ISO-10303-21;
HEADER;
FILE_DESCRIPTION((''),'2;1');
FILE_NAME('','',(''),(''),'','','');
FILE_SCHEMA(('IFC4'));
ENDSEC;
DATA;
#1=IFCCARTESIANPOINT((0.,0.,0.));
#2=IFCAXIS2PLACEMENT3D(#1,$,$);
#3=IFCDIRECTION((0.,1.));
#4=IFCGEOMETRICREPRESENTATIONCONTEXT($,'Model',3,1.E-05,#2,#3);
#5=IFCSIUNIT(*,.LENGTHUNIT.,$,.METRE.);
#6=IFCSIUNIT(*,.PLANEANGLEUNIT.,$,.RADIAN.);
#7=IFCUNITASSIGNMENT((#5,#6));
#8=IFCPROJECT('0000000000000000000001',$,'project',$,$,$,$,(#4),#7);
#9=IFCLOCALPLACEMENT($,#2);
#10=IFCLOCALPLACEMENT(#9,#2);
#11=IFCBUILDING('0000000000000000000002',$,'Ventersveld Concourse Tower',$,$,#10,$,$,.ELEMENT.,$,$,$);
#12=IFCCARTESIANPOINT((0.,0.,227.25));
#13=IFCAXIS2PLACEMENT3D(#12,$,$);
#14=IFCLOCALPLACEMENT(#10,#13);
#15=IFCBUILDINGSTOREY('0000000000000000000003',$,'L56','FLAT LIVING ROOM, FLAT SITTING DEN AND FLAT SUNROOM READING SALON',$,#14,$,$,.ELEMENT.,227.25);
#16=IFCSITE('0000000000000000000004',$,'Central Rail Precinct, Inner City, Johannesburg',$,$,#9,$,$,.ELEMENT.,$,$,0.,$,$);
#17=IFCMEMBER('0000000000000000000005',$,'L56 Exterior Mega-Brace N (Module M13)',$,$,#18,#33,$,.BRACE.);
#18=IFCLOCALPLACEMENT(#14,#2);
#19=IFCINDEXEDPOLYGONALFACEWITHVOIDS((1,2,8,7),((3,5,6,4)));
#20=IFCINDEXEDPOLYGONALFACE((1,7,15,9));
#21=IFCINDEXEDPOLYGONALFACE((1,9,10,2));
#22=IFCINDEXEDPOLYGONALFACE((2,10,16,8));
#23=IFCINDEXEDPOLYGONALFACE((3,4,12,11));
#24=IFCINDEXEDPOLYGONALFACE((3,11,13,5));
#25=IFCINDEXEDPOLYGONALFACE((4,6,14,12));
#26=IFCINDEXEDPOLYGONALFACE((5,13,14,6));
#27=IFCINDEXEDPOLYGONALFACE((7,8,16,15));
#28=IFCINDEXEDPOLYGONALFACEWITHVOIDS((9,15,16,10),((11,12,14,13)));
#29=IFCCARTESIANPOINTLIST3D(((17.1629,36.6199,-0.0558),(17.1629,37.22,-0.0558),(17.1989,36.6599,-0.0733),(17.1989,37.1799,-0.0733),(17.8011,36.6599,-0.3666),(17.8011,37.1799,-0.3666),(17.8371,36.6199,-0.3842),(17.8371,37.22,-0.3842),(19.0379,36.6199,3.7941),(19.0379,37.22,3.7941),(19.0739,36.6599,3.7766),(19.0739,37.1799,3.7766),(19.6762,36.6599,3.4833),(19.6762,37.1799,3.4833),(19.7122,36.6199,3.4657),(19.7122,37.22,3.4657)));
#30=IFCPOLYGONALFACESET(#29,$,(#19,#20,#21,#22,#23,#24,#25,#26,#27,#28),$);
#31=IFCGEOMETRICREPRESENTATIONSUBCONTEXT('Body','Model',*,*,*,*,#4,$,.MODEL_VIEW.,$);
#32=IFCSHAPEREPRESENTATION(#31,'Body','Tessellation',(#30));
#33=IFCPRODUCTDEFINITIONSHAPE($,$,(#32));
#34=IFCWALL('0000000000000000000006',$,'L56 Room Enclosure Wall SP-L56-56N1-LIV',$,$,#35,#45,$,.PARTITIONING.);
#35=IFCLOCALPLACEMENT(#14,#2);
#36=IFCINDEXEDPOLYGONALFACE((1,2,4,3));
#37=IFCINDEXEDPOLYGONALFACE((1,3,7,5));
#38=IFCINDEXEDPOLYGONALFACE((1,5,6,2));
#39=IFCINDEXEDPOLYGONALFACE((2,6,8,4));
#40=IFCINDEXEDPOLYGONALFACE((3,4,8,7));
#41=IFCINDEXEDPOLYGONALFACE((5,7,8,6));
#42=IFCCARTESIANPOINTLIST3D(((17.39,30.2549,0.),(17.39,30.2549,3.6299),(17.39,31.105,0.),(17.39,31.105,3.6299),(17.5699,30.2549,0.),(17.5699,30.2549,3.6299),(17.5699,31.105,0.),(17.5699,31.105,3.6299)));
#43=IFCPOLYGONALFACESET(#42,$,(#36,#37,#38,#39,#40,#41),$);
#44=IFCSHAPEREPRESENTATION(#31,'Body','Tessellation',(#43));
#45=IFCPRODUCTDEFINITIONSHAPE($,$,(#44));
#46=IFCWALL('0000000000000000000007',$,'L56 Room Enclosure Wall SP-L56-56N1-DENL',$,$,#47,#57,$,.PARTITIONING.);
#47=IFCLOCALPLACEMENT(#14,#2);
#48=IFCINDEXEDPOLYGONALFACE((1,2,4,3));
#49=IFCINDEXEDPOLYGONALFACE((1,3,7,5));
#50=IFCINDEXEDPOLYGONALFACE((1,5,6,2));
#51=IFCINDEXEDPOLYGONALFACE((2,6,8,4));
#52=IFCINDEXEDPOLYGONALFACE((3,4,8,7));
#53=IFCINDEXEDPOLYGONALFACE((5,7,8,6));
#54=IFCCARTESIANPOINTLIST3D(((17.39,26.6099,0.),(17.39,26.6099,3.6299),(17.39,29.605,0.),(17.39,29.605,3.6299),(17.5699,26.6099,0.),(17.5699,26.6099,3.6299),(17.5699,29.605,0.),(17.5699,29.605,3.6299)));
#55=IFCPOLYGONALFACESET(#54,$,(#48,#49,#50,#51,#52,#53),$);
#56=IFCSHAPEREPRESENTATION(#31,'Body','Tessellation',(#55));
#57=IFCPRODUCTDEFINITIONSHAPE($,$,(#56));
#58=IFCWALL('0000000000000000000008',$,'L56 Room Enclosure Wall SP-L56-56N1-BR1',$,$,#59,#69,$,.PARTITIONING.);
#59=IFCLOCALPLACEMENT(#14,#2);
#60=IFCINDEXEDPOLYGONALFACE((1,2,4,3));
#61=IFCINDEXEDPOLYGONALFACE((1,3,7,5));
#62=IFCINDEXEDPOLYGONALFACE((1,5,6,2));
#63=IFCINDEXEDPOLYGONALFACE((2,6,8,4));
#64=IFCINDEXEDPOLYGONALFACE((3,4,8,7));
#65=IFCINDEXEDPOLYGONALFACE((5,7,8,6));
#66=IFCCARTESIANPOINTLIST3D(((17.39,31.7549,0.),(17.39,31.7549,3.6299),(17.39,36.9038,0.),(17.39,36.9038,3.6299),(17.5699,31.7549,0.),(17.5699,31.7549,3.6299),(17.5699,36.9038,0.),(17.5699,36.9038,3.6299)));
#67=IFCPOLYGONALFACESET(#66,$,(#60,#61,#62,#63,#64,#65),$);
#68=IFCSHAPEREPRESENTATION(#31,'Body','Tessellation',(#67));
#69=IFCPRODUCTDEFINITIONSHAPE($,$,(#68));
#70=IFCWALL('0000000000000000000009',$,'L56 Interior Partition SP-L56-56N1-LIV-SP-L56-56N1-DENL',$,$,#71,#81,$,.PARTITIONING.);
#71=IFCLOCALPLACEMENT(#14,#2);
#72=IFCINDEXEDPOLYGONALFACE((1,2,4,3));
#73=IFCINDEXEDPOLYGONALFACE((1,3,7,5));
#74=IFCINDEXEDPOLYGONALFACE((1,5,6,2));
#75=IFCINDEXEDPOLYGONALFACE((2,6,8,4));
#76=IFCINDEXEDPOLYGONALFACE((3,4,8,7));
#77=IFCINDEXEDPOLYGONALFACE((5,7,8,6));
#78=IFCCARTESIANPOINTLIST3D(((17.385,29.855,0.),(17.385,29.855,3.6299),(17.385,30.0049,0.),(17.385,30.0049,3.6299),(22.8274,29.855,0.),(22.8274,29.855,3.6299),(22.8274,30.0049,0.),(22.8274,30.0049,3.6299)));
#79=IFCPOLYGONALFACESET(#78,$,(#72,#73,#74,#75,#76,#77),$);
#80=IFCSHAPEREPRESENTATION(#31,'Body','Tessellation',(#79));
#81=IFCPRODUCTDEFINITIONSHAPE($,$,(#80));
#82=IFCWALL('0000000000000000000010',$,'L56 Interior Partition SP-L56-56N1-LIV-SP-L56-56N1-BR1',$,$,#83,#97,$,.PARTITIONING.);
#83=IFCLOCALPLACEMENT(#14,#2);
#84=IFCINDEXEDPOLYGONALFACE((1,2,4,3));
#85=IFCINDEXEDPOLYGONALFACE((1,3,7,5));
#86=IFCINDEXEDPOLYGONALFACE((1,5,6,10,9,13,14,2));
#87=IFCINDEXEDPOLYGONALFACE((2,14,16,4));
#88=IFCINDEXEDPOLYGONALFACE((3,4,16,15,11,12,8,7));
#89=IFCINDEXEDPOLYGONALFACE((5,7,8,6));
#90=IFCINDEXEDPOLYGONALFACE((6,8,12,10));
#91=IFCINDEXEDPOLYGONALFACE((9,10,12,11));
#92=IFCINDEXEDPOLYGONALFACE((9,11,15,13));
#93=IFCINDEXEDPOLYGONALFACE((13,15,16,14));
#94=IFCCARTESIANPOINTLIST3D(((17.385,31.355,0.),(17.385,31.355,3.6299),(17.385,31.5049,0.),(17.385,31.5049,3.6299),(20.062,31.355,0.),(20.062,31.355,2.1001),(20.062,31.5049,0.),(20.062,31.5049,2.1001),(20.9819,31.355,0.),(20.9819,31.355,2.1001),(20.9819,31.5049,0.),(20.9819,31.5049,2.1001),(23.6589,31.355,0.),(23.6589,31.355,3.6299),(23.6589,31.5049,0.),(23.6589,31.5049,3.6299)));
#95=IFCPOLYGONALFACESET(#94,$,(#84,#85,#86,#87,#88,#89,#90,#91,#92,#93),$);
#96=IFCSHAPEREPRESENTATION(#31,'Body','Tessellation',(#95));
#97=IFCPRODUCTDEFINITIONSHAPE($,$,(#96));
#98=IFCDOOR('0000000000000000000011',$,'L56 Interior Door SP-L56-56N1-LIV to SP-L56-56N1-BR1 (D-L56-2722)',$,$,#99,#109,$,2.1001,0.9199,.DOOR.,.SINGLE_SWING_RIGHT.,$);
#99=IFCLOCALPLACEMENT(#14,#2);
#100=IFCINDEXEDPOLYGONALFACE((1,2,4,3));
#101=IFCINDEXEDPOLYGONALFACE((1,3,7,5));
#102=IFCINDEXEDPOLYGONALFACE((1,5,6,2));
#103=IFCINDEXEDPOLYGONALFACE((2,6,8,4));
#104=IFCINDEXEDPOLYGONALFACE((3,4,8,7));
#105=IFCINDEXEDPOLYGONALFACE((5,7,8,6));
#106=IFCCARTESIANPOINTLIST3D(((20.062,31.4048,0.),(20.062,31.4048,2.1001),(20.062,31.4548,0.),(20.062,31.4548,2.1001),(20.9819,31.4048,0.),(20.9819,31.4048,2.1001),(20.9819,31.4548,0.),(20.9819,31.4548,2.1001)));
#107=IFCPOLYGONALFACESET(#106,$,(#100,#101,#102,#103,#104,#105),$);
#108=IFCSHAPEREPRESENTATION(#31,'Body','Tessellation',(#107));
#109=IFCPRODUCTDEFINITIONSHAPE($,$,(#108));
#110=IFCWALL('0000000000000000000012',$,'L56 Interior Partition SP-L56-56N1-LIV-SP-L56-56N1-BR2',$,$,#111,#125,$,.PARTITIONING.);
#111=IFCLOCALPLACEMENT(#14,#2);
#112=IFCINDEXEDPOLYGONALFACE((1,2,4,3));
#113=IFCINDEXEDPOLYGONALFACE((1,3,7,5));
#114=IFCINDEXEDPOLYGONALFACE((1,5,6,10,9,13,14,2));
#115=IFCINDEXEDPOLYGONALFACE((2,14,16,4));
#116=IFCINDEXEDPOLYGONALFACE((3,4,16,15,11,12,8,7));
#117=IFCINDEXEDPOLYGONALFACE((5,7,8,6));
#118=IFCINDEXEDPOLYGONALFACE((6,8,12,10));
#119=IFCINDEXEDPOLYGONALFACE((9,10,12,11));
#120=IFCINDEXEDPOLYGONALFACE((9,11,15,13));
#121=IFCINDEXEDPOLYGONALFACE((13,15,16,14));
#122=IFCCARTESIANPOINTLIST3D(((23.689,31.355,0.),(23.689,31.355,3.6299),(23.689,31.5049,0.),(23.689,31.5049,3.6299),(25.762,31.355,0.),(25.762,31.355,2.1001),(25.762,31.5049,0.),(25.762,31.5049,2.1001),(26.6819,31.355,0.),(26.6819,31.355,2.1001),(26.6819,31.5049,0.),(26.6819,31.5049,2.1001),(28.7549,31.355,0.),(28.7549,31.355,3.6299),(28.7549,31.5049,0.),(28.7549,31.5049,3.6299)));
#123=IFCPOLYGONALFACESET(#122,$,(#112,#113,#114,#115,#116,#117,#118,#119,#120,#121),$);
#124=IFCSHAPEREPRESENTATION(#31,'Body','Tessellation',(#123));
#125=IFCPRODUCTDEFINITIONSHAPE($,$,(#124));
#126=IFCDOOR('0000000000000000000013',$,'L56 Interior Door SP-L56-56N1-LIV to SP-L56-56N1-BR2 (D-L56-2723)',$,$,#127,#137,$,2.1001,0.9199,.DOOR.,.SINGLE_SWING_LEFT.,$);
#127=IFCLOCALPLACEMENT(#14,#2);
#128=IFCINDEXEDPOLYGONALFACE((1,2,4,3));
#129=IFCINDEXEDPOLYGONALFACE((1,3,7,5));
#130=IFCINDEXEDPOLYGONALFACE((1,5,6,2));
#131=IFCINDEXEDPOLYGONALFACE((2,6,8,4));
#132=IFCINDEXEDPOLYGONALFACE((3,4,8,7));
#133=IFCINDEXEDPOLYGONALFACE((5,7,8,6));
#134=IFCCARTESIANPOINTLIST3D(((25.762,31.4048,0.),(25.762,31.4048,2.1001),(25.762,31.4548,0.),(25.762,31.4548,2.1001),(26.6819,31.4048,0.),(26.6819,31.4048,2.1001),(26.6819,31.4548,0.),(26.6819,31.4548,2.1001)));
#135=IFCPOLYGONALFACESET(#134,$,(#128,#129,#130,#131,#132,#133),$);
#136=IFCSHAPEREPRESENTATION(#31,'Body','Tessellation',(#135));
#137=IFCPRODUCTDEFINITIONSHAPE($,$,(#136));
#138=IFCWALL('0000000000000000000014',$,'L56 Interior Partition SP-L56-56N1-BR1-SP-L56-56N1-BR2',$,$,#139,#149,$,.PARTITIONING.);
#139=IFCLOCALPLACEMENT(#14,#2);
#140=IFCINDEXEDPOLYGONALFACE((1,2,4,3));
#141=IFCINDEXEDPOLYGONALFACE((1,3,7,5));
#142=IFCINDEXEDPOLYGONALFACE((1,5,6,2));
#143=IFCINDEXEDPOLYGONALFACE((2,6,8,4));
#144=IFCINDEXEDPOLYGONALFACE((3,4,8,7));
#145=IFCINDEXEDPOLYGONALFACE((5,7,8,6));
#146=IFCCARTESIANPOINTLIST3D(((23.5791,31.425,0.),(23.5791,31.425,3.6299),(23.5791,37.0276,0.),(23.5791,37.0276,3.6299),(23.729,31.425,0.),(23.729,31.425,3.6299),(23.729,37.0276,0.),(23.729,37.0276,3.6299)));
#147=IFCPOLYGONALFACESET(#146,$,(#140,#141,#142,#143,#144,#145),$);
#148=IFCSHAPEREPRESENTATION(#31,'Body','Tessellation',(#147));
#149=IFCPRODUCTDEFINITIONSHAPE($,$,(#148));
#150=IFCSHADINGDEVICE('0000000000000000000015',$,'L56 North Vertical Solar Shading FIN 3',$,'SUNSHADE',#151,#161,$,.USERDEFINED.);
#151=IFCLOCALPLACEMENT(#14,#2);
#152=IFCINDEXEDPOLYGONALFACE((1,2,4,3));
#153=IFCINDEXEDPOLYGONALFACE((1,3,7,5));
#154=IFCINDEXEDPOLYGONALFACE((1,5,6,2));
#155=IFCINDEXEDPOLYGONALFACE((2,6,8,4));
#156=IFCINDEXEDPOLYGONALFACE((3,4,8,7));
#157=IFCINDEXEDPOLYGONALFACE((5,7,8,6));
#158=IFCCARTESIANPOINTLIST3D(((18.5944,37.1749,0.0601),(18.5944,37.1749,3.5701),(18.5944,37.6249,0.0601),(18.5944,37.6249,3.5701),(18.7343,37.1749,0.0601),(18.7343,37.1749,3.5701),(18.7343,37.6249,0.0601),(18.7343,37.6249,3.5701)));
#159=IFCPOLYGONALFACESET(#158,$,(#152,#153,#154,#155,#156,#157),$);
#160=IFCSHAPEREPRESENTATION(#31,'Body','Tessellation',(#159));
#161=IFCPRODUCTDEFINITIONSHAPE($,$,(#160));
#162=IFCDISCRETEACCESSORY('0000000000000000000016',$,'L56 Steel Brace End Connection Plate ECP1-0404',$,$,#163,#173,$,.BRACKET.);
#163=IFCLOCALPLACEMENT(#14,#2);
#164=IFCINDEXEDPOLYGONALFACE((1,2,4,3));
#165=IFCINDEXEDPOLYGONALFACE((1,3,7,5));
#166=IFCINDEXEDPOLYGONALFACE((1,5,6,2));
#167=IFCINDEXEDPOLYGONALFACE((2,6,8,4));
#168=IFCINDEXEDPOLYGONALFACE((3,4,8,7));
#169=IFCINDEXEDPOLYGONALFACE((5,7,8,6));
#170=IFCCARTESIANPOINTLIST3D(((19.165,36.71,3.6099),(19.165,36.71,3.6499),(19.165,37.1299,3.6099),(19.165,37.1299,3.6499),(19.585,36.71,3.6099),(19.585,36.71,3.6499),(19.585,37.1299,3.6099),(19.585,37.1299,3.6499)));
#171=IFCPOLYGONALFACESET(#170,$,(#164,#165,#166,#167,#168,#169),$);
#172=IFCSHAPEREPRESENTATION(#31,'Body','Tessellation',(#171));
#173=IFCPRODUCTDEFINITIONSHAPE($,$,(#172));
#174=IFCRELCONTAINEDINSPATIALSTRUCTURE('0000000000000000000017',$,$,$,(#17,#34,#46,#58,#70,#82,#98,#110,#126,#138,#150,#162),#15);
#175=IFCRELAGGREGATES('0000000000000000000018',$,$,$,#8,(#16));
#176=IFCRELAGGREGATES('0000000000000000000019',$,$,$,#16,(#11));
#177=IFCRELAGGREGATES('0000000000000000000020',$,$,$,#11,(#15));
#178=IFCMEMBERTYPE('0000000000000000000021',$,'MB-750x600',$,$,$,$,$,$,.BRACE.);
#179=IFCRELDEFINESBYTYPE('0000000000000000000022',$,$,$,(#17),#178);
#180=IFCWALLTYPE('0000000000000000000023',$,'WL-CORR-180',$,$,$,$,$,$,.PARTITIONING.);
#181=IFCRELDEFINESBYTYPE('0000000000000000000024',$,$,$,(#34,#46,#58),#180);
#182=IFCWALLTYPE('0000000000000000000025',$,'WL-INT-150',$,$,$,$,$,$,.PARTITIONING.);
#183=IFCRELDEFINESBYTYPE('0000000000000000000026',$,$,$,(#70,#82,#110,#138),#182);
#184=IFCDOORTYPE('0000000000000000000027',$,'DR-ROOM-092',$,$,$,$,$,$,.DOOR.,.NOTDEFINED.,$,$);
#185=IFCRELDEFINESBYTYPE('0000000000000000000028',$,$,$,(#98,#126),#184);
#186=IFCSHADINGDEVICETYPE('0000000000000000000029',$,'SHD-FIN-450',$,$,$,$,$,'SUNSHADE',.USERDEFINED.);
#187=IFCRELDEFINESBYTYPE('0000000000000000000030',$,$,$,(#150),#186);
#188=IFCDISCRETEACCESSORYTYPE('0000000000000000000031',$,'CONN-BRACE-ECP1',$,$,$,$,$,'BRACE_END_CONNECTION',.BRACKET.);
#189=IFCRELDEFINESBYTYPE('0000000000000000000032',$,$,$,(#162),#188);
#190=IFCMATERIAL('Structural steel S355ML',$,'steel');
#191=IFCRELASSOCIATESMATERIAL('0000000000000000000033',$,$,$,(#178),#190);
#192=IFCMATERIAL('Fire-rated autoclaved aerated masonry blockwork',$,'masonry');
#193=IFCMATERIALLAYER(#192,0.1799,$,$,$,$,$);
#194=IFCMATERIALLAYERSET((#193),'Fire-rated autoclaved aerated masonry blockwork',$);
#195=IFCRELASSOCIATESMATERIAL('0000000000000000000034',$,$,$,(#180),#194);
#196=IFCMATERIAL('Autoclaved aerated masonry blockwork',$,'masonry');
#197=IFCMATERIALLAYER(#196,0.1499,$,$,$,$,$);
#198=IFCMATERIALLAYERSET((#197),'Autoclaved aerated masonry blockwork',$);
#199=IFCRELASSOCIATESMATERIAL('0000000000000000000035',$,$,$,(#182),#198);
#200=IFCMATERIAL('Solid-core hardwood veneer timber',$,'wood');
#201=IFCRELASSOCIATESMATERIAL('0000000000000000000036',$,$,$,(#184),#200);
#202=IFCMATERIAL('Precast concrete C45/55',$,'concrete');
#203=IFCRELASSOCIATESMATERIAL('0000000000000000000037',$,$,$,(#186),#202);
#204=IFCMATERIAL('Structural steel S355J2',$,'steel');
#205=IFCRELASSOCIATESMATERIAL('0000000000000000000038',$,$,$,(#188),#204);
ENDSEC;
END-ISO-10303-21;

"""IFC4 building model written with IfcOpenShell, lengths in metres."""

from ifc_helpers import new_model, si_unit, direction, frame, frame_2d, origin, origin_2d, place, context, subcontext, project, spatial, rectangle, hollow_rectangle, extrude, material, layer, layer_set, material_profile, profile_set, type_object, element, fill, save


model = new_model("IFC4")

# Units and contexts
model_context = context("Model", 3, precision=1e-05, world=origin(), true_north=direction((0.0, 1.0)))
body_context = subcontext(model_context, "Body", "Model", "MODEL_VIEW")
ifc_project = project(units=[si_unit("LENGTHUNIT", "METRE"), si_unit("PLANEANGLEUNIT", "RADIAN")], contexts=[model_context])

# Site, building, storey
site_placement = place(None, origin())
site = spatial("IfcSite", under=ifc_project, at=site_placement, Name="Central Rail Precinct, Inner City, Johannesburg", CompositionType="ELEMENT", RefElevation=0.0)
building_placement = place(site_placement, origin())
building = spatial("IfcBuilding", under=site, at=building_placement, Name="Ventersveld Concourse Tower", CompositionType="ELEMENT")
storey_placement = place(building_placement, frame((0.0, 0.0, 227.25)))
storey = spatial("IfcBuildingStorey", under=building, at=storey_placement, Name="L56", Description="FLAT LIVING ROOM, FLAT SITTING DEN AND FLAT SUNROOM READING SALON", CompositionType="ELEMENT", Elevation=227.25)

# Shared definitions
ifc_material_1 = material(Name="Structural steel S355J2", Category="steel")

# Member
ifc_material_2 = material(Name="Structural steel S355ML", Category="steel")
ifc_material_profile_1 = material_profile(ifc_material_2, hollow_rectangle(XDim=0.6001, YDim=0.75, WallThickness=0.04, at=origin_2d()), Name="BOX 750x600x40")
ifc_profile_set_1 = profile_set([ifc_material_profile_1], Name="Structural steel S355ML")
member_type = type_object("IfcMemberType", Name="MB-750x600", PredefinedType="BRACE", material=ifc_profile_set_1)
member_placement = place(storey_placement, frame((17.5, 36.9199, -0.22), z_axis=(0.437862, 0.0, 0.899042), x_axis=(0.0, 1.0, 0.0)))
element("IfcMember", 1, at=member_placement, inside=storey, type_object=member_type, Name="L56 Exterior Mega-Brace N (Module M13)", PredefinedType="BRACE", context=body_context, shape_type="SweptSolid", body=[
    extrude(hollow_rectangle(XDim=0.6001, YDim=0.75, WallThickness=0.04, at=origin_2d()), origin(), (0.0, 0.0, 1.0), 4.2822),
])

# Walls
ifc_material_3 = material(Name="Fire-rated autoclaved aerated masonry blockwork", Category="masonry")
ifc_layer_1 = layer(ifc_material_3, 0.1799)
ifc_layer_set_1 = layer_set([ifc_layer_1], Name="Fire-rated autoclaved aerated masonry blockwork")
wall_type_1 = type_object("IfcWallType", Name="WL-CORR-180", PredefinedType="PARTITIONING", material=ifc_layer_set_1)
wall_1_placement = place(storey_placement, frame((17.48, 30.2549, 0.0), z_axis=(0.0, 0.0, 1.0), x_axis=(0.0, 1.0, 0.0)))
element("IfcWall", 2, at=wall_1_placement, inside=storey, type_object=wall_type_1, Name="L56 Room Enclosure Wall SP-L56-56N1-LIV", PredefinedType="PARTITIONING", context=body_context, shape_type="SweptSolid", body=[
    extrude(rectangle(XDim=0.8501, YDim=0.1799, at=frame_2d((0.425, 0.0))), origin(), (0.0, 0.0, 1.0), 3.6299),
])
wall_2_placement = place(storey_placement, frame((17.48, 26.6099, 0.0), z_axis=(0.0, 0.0, 1.0), x_axis=(0.0, 1.0, 0.0)))
element("IfcWall", 3, at=wall_2_placement, inside=storey, type_object=wall_type_1, Name="L56 Room Enclosure Wall SP-L56-56N1-DENL", PredefinedType="PARTITIONING", context=body_context, shape_type="SweptSolid", body=[
    extrude(rectangle(XDim=2.9951, YDim=0.1799, at=frame_2d((1.4976, 0.0))), origin(), (0.0, 0.0, 1.0), 3.6299),
])
wall_3_placement = place(storey_placement, frame((17.48, 31.7549, 0.0), z_axis=(0.0, 0.0, 1.0), x_axis=(0.0, 1.0, 0.0)))
element("IfcWall", 4, at=wall_3_placement, inside=storey, type_object=wall_type_1, Name="L56 Room Enclosure Wall SP-L56-56N1-BR1", PredefinedType="PARTITIONING", context=body_context, shape_type="SweptSolid", body=[
    extrude(rectangle(XDim=5.1489, YDim=0.1799, at=frame_2d((2.5745, 0.0))), origin(), (0.0, 0.0, 1.0), 3.6299),
])
ifc_material_4 = material(Name="Autoclaved aerated masonry blockwork", Category="masonry")
ifc_layer_2 = layer(ifc_material_4, 0.1499)
ifc_layer_set_2 = layer_set([ifc_layer_2], Name="Autoclaved aerated masonry blockwork")
wall_type_2 = type_object("IfcWallType", Name="WL-INT-150", PredefinedType="PARTITIONING", material=ifc_layer_set_2)
wall_4_placement = place(storey_placement, frame((17.385, 29.9299, 0.0), z_axis=(0.0, 0.0, 1.0), x_axis=(1.0, 0.0, 0.0)))
element("IfcWall", 5, at=wall_4_placement, inside=storey, type_object=wall_type_2, Name="L56 Interior Partition SP-L56-56N1-LIV-SP-L56-56N1-DENL", PredefinedType="PARTITIONING", context=body_context, shape_type="SweptSolid", body=[
    extrude(rectangle(XDim=5.4424, YDim=0.1499, at=frame_2d((2.7212, 0.0))), origin(), (0.0, 0.0, 1.0), 3.6299),
])

# Walls, openings, doors
wall_5_placement = place(storey_placement, frame((17.385, 31.4299, 0.0), z_axis=(0.0, 0.0, 1.0), x_axis=(1.0, 0.0, 0.0)))
wall_5 = element("IfcWall", 6, at=wall_5_placement, inside=storey, type_object=wall_type_2, Name="L56 Interior Partition SP-L56-56N1-LIV-SP-L56-56N1-BR1", PredefinedType="PARTITIONING", context=body_context, shape_type="SweptSolid", body=[
    extrude(rectangle(XDim=6.2739, YDim=0.1499, at=frame_2d((3.137, 0.0))), origin(), (0.0, 0.0, 1.0), 3.6299),
])
opening_1_placement = place(wall_5_placement, frame((2.677, 0.0, 0.0)))
opening_1 = element("IfcOpeningElement", 7, at=opening_1_placement, cuts=wall_5, PredefinedType="OPENING", context=body_context, shape_type="SweptSolid", body=[
    extrude(rectangle(XDim=0.9199, YDim=2.1001, at=frame_2d((0.46, 1.05))), frame((0.0, 0.085, 0.0), z_axis=(0.0, -1.0, 0.0), x_axis=(1.0, 0.0, 0.0)), (0.0, 0.0, 1.0), 0.1699),
])
ifc_material_5 = material(Name="Solid-core hardwood veneer timber", Category="wood")
door_type = type_object("IfcDoorType", Name="DR-ROOM-092", OperationType="NOTDEFINED", PredefinedType="DOOR", material=ifc_material_5)
door_1_placement = place(opening_1_placement, origin())
door_1 = element("IfcDoor", 8, at=door_1_placement, inside=storey, type_object=door_type, Name="L56 Interior Door SP-L56-56N1-LIV to SP-L56-56N1-BR1 (D-L56-2722)", OperationType="SINGLE_SWING_RIGHT", OverallHeight=2.1001, OverallWidth=0.9199, PredefinedType="DOOR", context=body_context, shape_type="SweptSolid", body=[
    extrude(rectangle(XDim=0.9199, YDim=2.1001, at=frame_2d((0.46, 1.05))), frame((0.0, 0.0249, 0.0), z_axis=(0.0, -1.0, 0.0), x_axis=(1.0, 0.0, 0.0)), (0.0, 0.0, 1.0), 0.05),
])
fill(opening_1, door_1)
wall_6_placement = place(storey_placement, frame((23.689, 31.4299, 0.0), z_axis=(0.0, 0.0, 1.0), x_axis=(1.0, 0.0, 0.0)))
wall_6 = element("IfcWall", 9, at=wall_6_placement, inside=storey, type_object=wall_type_2, Name="L56 Interior Partition SP-L56-56N1-LIV-SP-L56-56N1-BR2", PredefinedType="PARTITIONING", context=body_context, shape_type="SweptSolid", body=[
    extrude(rectangle(XDim=5.0659, YDim=0.1499, at=frame_2d((2.533, 0.0))), origin(), (0.0, 0.0, 1.0), 3.6299),
])
opening_2_placement = place(wall_6_placement, frame((2.073, 0.0, 0.0)))
opening_2 = element("IfcOpeningElement", 10, at=opening_2_placement, cuts=wall_6, PredefinedType="OPENING", context=body_context, shape_type="SweptSolid", body=[
    extrude(rectangle(XDim=0.9199, YDim=2.1001, at=frame_2d((0.46, 1.05))), frame((0.0, 0.085, 0.0), z_axis=(0.0, -1.0, 0.0), x_axis=(1.0, 0.0, 0.0)), (0.0, 0.0, 1.0), 0.1699),
])
door_2_placement = place(opening_2_placement, origin())
door_2 = element("IfcDoor", 11, at=door_2_placement, inside=storey, type_object=door_type, Name="L56 Interior Door SP-L56-56N1-LIV to SP-L56-56N1-BR2 (D-L56-2723)", OperationType="SINGLE_SWING_LEFT", OverallHeight=2.1001, OverallWidth=0.9199, PredefinedType="DOOR", context=body_context, shape_type="SweptSolid", body=[
    extrude(rectangle(XDim=0.9199, YDim=2.1001, at=frame_2d((0.46, 1.05))), frame((0.0, 0.0249, 0.0), z_axis=(0.0, -1.0, 0.0), x_axis=(1.0, 0.0, 0.0)), (0.0, 0.0, 1.0), 0.05),
])
fill(opening_2, door_2)

# Wall
wall_7_placement = place(storey_placement, frame((23.6541, 31.425, 0.0), z_axis=(0.0, 0.0, 1.0), x_axis=(0.0, 1.0, 0.0)))
element("IfcWall", 12, at=wall_7_placement, inside=storey, type_object=wall_type_2, Name="L56 Interior Partition SP-L56-56N1-BR1-SP-L56-56N1-BR2", PredefinedType="PARTITIONING", context=body_context, shape_type="SweptSolid", body=[
    extrude(rectangle(XDim=5.6025, YDim=0.1499, at=frame_2d((2.8013, 0.0))), origin(), (0.0, 0.0, 1.0), 3.6299),
])

# Shading device
ifc_material_6 = material(Name="Precast concrete C45/55", Category="concrete")
shading_device_type = type_object("IfcShadingDeviceType", Name="SHD-FIN-450", ElementType="SUNSHADE", PredefinedType="USERDEFINED", material=ifc_material_6)
shading_device_placement = place(storey_placement, frame((18.6643, 37.3999, 0.0601), z_axis=(0.0, 0.0, 1.0), x_axis=(1.0, 0.0, 0.0)))
element("IfcShadingDevice", 13, at=shading_device_placement, inside=storey, type_object=shading_device_type, Name="L56 North Vertical Solar Shading FIN 3", ObjectType="SUNSHADE", PredefinedType="USERDEFINED", context=body_context, shape_type="SweptSolid", body=[
    extrude(rectangle(XDim=0.1399, YDim=0.45, at=origin_2d()), origin(), (0.0, 0.0, 1.0), 3.51),
])

# Discrete accessory
discrete_accessory_type = type_object("IfcDiscreteAccessoryType", Name="CONN-BRACE-ECP1", ElementType="BRACE_END_CONNECTION", PredefinedType="BRACKET", material=ifc_material_1)
discrete_accessory_placement = place(storey_placement, frame((19.375, 36.9199, 3.6099), z_axis=(0.0, 0.0, 1.0), x_axis=(1.0, 0.0, 0.0)))
element("IfcDiscreteAccessory", 14, at=discrete_accessory_placement, inside=storey, type_object=discrete_accessory_type, Name="L56 Steel Brace End Connection Plate ECP1-0404", PredefinedType="BRACKET", context=body_context, shape_type="SweptSolid", body=[
    extrude(rectangle(XDim=0.4199, YDim=0.4199, at=origin_2d()), origin(), (0.0, 0.0, 1.0), 0.04),
])

save(model, "model.ifc")
